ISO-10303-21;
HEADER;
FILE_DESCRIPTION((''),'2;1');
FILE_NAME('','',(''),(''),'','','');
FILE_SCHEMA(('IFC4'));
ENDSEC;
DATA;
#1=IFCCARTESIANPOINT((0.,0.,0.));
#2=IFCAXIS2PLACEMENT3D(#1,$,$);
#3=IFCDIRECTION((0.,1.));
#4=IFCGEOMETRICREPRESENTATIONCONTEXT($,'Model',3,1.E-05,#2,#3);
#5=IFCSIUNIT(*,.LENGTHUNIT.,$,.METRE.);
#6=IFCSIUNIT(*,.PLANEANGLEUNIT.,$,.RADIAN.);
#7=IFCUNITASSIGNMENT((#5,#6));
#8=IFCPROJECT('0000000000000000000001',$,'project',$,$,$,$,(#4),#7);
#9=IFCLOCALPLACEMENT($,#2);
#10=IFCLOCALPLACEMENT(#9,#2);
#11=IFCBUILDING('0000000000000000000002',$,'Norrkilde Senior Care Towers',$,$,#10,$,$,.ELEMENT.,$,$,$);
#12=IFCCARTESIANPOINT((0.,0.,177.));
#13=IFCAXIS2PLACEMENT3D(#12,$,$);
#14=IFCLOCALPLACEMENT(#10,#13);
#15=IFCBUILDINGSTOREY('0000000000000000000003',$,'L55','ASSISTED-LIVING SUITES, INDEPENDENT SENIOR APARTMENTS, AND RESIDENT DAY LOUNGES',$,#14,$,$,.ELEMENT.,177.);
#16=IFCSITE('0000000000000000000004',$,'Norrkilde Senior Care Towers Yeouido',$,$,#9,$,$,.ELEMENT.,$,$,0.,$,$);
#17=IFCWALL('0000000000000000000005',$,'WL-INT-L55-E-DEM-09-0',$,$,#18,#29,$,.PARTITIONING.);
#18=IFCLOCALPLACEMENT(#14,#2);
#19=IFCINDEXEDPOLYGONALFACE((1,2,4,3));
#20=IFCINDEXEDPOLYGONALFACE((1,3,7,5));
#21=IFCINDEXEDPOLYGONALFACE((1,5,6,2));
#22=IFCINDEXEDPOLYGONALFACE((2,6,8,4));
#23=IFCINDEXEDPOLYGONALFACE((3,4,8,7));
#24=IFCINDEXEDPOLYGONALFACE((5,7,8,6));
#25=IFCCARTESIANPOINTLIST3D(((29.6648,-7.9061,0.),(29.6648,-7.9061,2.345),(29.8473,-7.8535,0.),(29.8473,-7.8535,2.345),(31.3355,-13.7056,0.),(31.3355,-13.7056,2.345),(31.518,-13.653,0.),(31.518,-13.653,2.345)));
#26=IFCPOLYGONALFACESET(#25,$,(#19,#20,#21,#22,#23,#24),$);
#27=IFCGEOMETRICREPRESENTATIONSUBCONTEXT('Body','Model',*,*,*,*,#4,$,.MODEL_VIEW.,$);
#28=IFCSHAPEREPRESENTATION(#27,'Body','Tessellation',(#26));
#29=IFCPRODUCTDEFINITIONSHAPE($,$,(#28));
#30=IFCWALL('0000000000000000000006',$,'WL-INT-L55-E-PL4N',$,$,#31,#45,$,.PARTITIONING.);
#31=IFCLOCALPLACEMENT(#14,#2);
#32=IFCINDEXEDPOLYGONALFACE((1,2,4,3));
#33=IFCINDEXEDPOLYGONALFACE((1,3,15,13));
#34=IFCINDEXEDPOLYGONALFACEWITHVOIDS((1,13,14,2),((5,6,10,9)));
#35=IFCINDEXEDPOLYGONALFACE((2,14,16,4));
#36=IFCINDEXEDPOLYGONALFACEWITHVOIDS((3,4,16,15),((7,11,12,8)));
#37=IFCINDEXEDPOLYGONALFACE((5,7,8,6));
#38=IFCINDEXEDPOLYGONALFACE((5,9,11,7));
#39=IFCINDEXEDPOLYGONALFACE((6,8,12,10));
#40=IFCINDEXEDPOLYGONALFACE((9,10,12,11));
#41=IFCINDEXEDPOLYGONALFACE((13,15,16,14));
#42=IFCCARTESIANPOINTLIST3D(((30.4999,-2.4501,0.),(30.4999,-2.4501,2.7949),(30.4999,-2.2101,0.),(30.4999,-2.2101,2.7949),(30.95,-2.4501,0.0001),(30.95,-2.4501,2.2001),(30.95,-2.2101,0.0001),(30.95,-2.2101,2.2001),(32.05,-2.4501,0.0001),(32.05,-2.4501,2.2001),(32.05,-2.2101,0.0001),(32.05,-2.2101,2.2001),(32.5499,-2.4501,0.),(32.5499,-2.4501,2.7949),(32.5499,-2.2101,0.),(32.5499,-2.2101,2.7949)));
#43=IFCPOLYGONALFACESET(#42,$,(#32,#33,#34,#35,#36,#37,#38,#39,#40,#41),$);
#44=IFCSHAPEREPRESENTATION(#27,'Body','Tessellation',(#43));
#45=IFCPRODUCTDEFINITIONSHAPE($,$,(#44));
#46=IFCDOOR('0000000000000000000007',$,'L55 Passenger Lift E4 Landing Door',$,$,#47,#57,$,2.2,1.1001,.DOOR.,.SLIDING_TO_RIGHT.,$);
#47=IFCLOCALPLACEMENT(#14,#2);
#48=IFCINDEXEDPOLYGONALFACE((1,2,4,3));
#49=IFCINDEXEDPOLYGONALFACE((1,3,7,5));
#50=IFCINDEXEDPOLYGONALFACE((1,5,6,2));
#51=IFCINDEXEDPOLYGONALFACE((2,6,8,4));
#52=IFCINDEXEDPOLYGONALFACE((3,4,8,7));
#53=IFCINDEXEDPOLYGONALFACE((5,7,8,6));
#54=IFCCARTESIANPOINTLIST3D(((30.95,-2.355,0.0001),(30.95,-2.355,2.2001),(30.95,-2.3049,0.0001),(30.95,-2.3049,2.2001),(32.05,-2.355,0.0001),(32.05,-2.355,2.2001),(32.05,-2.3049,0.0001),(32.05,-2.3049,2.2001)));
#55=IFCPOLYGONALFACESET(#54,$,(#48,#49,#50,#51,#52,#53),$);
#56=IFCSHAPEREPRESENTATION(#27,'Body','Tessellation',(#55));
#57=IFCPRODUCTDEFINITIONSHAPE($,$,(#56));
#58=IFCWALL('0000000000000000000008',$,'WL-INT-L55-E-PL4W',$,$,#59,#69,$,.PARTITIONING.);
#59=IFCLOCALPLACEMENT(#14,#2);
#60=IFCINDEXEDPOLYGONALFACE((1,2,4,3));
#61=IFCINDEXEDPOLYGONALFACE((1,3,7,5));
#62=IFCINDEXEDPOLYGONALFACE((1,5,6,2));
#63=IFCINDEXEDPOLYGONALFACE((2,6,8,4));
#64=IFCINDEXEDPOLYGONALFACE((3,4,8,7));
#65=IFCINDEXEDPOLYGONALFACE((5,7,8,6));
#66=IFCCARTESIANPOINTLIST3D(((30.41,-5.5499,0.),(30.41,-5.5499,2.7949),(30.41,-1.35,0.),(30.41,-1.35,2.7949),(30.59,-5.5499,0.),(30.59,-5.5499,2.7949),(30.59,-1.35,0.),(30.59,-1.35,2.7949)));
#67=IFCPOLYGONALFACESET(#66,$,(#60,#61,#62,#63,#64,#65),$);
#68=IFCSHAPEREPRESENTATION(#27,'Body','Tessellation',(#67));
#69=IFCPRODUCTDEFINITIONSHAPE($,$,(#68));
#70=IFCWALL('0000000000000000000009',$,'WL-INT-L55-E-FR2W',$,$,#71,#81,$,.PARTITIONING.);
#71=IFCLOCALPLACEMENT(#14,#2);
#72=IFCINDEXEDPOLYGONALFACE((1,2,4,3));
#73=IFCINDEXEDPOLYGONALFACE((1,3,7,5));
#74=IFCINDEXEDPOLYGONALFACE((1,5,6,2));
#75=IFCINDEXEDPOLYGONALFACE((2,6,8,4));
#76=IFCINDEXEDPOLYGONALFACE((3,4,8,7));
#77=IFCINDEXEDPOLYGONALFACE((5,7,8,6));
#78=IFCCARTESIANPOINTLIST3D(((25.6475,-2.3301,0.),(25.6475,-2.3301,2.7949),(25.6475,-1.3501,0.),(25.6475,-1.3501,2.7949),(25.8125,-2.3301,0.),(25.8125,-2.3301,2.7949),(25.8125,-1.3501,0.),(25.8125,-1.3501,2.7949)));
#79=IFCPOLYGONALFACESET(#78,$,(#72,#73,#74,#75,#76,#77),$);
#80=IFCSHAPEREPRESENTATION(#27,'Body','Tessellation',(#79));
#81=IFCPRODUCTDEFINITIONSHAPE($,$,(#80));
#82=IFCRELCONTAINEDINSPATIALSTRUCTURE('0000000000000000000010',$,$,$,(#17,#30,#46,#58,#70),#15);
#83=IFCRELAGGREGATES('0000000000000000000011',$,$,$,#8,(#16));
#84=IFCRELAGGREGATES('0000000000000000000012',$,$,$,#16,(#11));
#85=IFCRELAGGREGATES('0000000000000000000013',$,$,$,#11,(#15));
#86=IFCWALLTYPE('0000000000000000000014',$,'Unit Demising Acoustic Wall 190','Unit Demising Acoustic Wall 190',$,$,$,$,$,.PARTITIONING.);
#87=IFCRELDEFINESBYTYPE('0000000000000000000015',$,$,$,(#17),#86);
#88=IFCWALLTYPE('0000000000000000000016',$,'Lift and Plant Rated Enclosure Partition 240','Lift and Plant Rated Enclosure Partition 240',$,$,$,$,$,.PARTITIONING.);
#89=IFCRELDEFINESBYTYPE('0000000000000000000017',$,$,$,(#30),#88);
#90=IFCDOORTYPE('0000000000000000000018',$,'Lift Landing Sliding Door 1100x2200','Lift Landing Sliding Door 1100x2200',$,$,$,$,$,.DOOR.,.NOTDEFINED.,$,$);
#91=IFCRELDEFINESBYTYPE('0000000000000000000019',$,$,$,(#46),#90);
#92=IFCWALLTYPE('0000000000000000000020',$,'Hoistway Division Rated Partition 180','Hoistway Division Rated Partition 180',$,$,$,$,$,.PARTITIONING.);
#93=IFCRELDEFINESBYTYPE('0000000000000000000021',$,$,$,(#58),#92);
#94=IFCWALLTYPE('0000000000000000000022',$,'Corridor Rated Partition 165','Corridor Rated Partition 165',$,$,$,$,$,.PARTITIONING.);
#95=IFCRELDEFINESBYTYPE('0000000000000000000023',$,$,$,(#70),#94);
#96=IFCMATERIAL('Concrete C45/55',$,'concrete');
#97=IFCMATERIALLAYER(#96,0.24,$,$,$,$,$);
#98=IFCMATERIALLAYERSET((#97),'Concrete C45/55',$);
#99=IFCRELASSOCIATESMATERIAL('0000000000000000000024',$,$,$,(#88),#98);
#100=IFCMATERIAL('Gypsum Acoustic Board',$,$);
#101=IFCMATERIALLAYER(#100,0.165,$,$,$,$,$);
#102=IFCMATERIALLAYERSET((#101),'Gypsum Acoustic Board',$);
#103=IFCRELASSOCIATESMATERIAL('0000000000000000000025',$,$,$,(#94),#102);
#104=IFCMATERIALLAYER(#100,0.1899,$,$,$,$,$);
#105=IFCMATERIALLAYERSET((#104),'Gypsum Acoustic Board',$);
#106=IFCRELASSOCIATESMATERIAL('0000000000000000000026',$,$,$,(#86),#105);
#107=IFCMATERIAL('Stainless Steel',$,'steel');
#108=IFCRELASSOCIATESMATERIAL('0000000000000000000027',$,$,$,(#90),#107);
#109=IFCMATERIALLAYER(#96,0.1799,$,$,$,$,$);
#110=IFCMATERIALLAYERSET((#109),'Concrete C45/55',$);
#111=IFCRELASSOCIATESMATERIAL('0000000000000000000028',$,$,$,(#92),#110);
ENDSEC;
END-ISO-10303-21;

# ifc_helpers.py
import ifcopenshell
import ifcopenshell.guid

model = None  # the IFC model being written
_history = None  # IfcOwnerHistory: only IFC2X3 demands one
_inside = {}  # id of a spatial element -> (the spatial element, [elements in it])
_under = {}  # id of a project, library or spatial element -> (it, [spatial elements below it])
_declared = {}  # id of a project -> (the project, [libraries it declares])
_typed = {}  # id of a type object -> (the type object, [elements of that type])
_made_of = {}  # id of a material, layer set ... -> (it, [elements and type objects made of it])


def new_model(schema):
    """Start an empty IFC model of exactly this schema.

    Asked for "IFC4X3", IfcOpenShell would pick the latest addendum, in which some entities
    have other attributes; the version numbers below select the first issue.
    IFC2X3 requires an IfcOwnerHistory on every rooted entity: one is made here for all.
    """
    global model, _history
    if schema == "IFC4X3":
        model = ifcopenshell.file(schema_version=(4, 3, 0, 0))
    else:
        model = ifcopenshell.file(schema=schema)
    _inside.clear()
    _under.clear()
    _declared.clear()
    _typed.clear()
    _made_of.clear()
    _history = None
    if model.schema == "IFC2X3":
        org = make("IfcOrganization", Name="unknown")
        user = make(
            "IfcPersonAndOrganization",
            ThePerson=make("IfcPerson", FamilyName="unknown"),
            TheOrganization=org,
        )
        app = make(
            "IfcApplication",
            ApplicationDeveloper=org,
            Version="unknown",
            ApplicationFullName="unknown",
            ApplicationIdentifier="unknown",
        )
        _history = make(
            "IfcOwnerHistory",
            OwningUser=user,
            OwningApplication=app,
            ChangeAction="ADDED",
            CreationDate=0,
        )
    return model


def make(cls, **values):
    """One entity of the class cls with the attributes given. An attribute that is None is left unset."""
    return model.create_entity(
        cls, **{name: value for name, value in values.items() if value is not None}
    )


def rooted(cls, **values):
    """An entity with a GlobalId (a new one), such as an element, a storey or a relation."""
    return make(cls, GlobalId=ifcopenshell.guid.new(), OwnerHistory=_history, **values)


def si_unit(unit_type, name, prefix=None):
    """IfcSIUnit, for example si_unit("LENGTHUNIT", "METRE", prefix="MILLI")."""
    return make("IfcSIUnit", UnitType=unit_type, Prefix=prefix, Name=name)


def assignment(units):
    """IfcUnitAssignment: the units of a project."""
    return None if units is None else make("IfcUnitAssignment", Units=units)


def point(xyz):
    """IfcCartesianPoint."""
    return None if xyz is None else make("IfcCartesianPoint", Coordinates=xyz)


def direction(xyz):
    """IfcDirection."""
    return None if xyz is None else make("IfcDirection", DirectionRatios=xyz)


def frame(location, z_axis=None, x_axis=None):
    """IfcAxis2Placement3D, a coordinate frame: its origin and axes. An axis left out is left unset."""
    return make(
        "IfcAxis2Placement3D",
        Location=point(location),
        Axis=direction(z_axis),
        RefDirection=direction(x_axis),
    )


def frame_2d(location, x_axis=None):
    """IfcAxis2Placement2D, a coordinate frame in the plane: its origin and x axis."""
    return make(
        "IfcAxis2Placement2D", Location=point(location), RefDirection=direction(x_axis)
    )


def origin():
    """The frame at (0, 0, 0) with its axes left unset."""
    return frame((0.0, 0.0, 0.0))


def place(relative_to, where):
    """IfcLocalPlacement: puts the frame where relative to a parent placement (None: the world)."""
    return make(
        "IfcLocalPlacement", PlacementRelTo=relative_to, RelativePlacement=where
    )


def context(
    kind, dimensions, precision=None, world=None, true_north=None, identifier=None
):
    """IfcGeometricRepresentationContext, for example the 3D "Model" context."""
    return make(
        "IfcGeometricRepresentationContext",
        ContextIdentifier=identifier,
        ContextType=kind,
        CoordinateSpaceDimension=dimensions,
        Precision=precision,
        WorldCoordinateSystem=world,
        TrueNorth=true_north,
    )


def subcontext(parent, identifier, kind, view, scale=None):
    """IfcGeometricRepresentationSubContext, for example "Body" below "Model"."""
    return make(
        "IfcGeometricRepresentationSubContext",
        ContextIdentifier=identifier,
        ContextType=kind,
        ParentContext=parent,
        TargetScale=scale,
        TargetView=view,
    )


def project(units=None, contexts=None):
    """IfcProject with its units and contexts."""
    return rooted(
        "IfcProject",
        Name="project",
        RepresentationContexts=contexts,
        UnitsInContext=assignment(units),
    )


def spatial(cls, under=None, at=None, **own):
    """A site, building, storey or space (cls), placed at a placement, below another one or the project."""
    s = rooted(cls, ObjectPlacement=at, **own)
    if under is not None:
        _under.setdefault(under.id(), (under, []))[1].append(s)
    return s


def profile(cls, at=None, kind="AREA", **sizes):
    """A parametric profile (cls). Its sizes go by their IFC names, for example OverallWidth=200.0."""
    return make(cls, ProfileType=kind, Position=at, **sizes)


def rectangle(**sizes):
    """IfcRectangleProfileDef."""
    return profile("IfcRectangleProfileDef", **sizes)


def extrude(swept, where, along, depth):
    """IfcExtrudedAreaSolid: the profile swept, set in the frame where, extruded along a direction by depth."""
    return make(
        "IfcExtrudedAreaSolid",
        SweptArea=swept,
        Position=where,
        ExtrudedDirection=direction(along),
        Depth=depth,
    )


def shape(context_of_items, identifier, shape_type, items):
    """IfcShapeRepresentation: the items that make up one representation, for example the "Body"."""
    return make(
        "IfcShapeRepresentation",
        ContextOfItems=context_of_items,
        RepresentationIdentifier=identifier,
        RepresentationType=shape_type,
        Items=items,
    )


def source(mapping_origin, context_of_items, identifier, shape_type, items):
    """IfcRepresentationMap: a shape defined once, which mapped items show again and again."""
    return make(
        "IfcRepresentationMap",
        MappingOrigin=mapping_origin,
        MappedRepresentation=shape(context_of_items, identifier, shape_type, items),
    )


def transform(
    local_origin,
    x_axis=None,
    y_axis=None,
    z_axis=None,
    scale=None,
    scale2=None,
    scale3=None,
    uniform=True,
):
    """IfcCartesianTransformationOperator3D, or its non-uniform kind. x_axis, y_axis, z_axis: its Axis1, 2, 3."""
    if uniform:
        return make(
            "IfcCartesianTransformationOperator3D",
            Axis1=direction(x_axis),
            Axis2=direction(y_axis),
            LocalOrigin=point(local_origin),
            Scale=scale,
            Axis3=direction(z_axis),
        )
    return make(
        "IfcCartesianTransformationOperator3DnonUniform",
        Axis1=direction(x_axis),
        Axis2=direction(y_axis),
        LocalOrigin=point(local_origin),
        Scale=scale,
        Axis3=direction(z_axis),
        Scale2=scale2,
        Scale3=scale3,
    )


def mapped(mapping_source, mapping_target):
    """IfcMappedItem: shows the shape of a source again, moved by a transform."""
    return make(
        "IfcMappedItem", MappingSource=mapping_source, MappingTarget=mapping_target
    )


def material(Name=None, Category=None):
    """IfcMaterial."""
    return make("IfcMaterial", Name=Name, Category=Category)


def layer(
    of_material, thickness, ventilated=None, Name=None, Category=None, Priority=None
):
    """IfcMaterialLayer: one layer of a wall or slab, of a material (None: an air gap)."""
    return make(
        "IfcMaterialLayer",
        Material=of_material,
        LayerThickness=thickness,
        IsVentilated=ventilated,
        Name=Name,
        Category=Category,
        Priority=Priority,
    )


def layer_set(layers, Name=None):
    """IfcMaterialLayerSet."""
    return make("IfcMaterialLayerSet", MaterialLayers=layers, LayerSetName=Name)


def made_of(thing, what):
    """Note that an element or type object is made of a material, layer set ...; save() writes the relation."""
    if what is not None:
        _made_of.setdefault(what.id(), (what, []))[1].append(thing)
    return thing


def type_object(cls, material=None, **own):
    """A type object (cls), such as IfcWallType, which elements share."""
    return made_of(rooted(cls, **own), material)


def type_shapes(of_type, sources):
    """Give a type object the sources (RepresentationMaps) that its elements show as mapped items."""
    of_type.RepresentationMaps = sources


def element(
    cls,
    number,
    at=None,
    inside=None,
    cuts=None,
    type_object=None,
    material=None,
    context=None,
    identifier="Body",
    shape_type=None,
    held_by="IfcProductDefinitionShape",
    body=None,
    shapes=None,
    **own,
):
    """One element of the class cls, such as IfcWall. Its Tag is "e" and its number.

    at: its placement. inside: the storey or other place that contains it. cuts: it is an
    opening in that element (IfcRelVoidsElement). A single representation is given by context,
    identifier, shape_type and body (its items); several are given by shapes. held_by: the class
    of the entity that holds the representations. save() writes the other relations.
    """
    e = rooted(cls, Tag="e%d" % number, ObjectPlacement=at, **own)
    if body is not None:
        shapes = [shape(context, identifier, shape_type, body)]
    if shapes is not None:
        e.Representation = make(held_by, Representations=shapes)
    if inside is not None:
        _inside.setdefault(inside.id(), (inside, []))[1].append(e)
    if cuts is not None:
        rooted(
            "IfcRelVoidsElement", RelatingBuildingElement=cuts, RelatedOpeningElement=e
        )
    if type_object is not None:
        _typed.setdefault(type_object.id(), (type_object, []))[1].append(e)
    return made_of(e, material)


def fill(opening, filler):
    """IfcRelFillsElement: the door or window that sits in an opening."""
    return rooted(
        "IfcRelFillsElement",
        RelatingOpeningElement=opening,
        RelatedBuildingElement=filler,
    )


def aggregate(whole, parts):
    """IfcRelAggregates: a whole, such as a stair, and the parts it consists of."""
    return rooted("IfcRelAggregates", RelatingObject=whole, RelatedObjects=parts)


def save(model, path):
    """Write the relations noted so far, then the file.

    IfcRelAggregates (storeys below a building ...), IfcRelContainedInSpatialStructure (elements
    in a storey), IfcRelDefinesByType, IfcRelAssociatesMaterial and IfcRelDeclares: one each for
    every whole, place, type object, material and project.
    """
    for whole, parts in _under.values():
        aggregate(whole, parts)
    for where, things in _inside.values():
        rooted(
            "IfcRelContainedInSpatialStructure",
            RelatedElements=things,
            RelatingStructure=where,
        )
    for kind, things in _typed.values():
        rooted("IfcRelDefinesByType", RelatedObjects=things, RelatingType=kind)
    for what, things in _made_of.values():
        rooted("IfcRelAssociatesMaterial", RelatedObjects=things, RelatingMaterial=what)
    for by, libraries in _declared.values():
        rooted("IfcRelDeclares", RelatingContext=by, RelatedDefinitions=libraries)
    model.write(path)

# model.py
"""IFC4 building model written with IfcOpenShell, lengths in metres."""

from ifc_helpers import new_model, si_unit, direction, frame, frame_2d, origin, place, context, subcontext, project, spatial, rectangle, extrude, source, transform, mapped, material, layer, layer_set, type_object, type_shapes, element, fill, save


model = new_model("IFC4")

# Units and contexts
model_context = context("Model", 3, precision=1e-05, world=origin(), true_north=direction((0.0, 1.0)))
body_context = subcontext(model_context, "Body", "Model", "MODEL_VIEW")
ifc_project = project(units=[si_unit("LENGTHUNIT", "METRE"), si_unit("PLANEANGLEUNIT", "RADIAN")], contexts=[model_context])

# Site, building, storey
site_placement = place(None, origin())
site = spatial("IfcSite", under=ifc_project, at=site_placement, Name="Norrkilde Senior Care Towers Yeouido", CompositionType="ELEMENT", RefElevation=0.0)
building_placement = place(site_placement, origin())
building = spatial("IfcBuilding", under=site, at=building_placement, Name="Norrkilde Senior Care Towers", CompositionType="ELEMENT")
storey_placement = place(building_placement, frame((0.0, 0.0, 177.0)))
storey = spatial("IfcBuildingStorey", under=building, at=storey_placement, Name="L55", Description="ASSISTED-LIVING SUITES, INDEPENDENT SENIOR APARTMENTS, AND RESIDENT DAY LOUNGES", CompositionType="ELEMENT", Elevation=177.0)

# Shared definitions
ifc_material_1 = material(Name="Concrete C45/55", Category="concrete")

# Shared definitions
ifc_layer_1 = layer(ifc_material_1, 0.24)
ifc_layer_set_1 = layer_set([ifc_layer_1], Name="Concrete C45/55")
wall_type_1 = type_object("IfcWallType", Name="Lift and Plant Rated Enclosure Partition 240", Description="Lift and Plant Rated Enclosure Partition 240", PredefinedType="PARTITIONING", material=ifc_layer_set_1)
ifc_material_2 = material(Name="Stainless Steel", Category="steel")

# Shared definitions
ifc_material_3 = material(Name="Gypsum Acoustic Board")

# Shared definitions
ifc_layer_2 = layer(ifc_material_3, 0.165)
ifc_layer_set_2 = layer_set([ifc_layer_2], Name="Gypsum Acoustic Board")
wall_type_2 = type_object("IfcWallType", Name="Corridor Rated Partition 165", Description="Corridor Rated Partition 165", PredefinedType="PARTITIONING", material=ifc_layer_set_2)

# Wall
ifc_layer_3 = layer(ifc_material_3, 0.1899)
ifc_layer_set_3 = layer_set([ifc_layer_3], Name="Gypsum Acoustic Board")
wall_type_3 = type_object("IfcWallType", Name="Unit Demising Acoustic Wall 190", Description="Unit Demising Acoustic Wall 190", PredefinedType="PARTITIONING", material=ifc_layer_set_3)
shared_shape_1 = source(origin(), body_context, "Body", "SweptSolid", [
    extrude(rectangle(XDim=6.0354, YDim=0.1899, at=frame_2d((3.0176, 0.0))), origin(), (0.0, 0.0, 1.0), 2.345),
])
type_shapes(wall_type_3, [shared_shape_1])
wall_1_placement = place(storey_placement, frame((29.7561, -7.8799, 0.0), z_axis=(0.0, 0.0, 1.0), x_axis=(0.276809, -0.960925, 0.0)))
element("IfcWall", 1, at=wall_1_placement, inside=storey, type_object=wall_type_3, Name="WL-INT-L55-E-DEM-09-0", PredefinedType="PARTITIONING", context=body_context, shape_type="MappedRepresentation", body=[
    mapped(shared_shape_1, transform((0.0, 0.0, 0.0), x_axis=(1.0, 0.0, 0.0), y_axis=(0.0, 1.0, 0.0), z_axis=(0.0, 0.0, 1.0), scale=1.0)),
])

# Wall, opening, door
shared_shape_2 = source(origin(), body_context, "Body", "SweptSolid", [
    extrude(rectangle(XDim=2.05, YDim=0.24, at=frame_2d((1.0249, 0.0))), origin(), (0.0, 0.0, 1.0), 2.7949),
])
wall_2_placement = place(storey_placement, frame((30.5, -2.3301, 0.0), z_axis=(0.0, 0.0, 1.0), x_axis=(1.0, 0.0, 0.0)))
wall_2 = element("IfcWall", 2, at=wall_2_placement, inside=storey, type_object=wall_type_1, Name="WL-INT-L55-E-PL4N", PredefinedType="PARTITIONING", context=body_context, shape_type="MappedRepresentation", body=[
    mapped(shared_shape_2, transform((0.0, 0.0, 0.0), x_axis=(1.0, 0.0, 0.0), y_axis=(0.0, 1.0, 0.0), z_axis=(0.0, 0.0, 1.0), scale=1.0)),
])
opening_1_placement = place(wall_2_placement, frame((0.45, 0.0, 0.0)))
opening_1 = element("IfcOpeningElement", 3, at=opening_1_placement, cuts=wall_2, PredefinedType="OPENING", context=body_context, shape_type="SweptSolid", body=[
    extrude(rectangle(XDim=1.1001, YDim=2.2, at=frame_2d((0.55, 1.1001))), frame((0.0, 0.1299, 0.0), z_axis=(0.0, -1.0, 0.0), x_axis=(1.0, 0.0, 0.0)), (0.0, 0.0, 1.0), 0.26),
])
door_type_1 = type_object("IfcDoorType", Name="Lift Landing Sliding Door 1100x2200", Description="Lift Landing Sliding Door 1100x2200", OperationType="NOTDEFINED", PredefinedType="DOOR", material=ifc_material_2)
shared_shape_3 = source(origin(), body_context, "Body", "SweptSolid", [
    extrude(rectangle(XDim=1.1001, YDim=2.2, at=frame_2d((0.55, 1.1001))), frame((0.0, 0.0249, 0.0), z_axis=(0.0, -1.0, 0.0), x_axis=(1.0, 0.0, 0.0)), (0.0, 0.0, 1.0), 0.05),
])
type_shapes(door_type_1, [shared_shape_3])
door_1_placement = place(opening_1_placement, frame((1.1001, 0.0, 0.0), z_axis=(0.0, 0.0, 1.0), x_axis=(-1.0, 0.0, 0.0)))
door_1 = element("IfcDoor", 4, at=door_1_placement, inside=storey, type_object=door_type_1, Name="L55 Passenger Lift E4 Landing Door", OperationType="SLIDING_TO_RIGHT", OverallHeight=2.2, OverallWidth=1.1001, PredefinedType="DOOR", context=body_context, shape_type="MappedRepresentation", body=[
    mapped(shared_shape_3, transform((0.0, 0.0, 0.0), x_axis=(1.0, 0.0, 0.0), y_axis=(0.0, 1.0, 0.0), z_axis=(0.0, 0.0, 1.0), scale=1.0)),
])
fill(opening_1, door_1)

# Walls
ifc_layer_4 = layer(ifc_material_1, 0.1799)
ifc_layer_set_4 = layer_set([ifc_layer_4], Name="Concrete C45/55")
wall_type_4 = type_object("IfcWallType", Name="Hoistway Division Rated Partition 180", Description="Hoistway Division Rated Partition 180", PredefinedType="PARTITIONING", material=ifc_layer_set_4)
shared_shape_4 = source(origin(), body_context, "Body", "SweptSolid", [
    extrude(rectangle(XDim=4.2, YDim=0.1799, at=frame_2d((2.1001, 0.0))), origin(), (0.0, 0.0, 1.0), 2.7949),
])
type_shapes(wall_type_4, [shared_shape_4])
wall_3_placement = place(storey_placement, frame((30.5, -5.55, 0.0), z_axis=(0.0, 0.0, 1.0), x_axis=(0.0, 1.0, 0.0)))
element("IfcWall", 5, at=wall_3_placement, inside=storey, type_object=wall_type_4, Name="WL-INT-L55-E-PL4W", PredefinedType="PARTITIONING", context=body_context, shape_type="MappedRepresentation", body=[
    mapped(shared_shape_4, transform((0.0, 0.0, 0.0), x_axis=(1.0, 0.0, 0.0), y_axis=(0.0, 1.0, 0.0), z_axis=(0.0, 0.0, 1.0), scale=1.0)),
])
shared_shape_5 = source(origin(), body_context, "Body", "SweptSolid", [
    extrude(rectangle(XDim=0.98, YDim=0.165, at=frame_2d((0.49, 0.0))), origin(), (0.0, 0.0, 1.0), 2.7949),
])
wall_4_placement = place(storey_placement, frame((25.73, -2.3301, 0.0), z_axis=(0.0, 0.0, 1.0), x_axis=(0.0, 1.0, 0.0)))
element("IfcWall", 6, at=wall_4_placement, inside=storey, type_object=wall_type_2, Name="WL-INT-L55-E-FR2W", PredefinedType="PARTITIONING", context=body_context, shape_type="MappedRepresentation", body=[
    mapped(shared_shape_5, transform((0.0, 0.0, 0.0), x_axis=(1.0, 0.0, 0.0), y_axis=(0.0, 1.0, 0.0), z_axis=(0.0, 0.0, 1.0), scale=1.0)),
])

save(model, "model.ifc")
